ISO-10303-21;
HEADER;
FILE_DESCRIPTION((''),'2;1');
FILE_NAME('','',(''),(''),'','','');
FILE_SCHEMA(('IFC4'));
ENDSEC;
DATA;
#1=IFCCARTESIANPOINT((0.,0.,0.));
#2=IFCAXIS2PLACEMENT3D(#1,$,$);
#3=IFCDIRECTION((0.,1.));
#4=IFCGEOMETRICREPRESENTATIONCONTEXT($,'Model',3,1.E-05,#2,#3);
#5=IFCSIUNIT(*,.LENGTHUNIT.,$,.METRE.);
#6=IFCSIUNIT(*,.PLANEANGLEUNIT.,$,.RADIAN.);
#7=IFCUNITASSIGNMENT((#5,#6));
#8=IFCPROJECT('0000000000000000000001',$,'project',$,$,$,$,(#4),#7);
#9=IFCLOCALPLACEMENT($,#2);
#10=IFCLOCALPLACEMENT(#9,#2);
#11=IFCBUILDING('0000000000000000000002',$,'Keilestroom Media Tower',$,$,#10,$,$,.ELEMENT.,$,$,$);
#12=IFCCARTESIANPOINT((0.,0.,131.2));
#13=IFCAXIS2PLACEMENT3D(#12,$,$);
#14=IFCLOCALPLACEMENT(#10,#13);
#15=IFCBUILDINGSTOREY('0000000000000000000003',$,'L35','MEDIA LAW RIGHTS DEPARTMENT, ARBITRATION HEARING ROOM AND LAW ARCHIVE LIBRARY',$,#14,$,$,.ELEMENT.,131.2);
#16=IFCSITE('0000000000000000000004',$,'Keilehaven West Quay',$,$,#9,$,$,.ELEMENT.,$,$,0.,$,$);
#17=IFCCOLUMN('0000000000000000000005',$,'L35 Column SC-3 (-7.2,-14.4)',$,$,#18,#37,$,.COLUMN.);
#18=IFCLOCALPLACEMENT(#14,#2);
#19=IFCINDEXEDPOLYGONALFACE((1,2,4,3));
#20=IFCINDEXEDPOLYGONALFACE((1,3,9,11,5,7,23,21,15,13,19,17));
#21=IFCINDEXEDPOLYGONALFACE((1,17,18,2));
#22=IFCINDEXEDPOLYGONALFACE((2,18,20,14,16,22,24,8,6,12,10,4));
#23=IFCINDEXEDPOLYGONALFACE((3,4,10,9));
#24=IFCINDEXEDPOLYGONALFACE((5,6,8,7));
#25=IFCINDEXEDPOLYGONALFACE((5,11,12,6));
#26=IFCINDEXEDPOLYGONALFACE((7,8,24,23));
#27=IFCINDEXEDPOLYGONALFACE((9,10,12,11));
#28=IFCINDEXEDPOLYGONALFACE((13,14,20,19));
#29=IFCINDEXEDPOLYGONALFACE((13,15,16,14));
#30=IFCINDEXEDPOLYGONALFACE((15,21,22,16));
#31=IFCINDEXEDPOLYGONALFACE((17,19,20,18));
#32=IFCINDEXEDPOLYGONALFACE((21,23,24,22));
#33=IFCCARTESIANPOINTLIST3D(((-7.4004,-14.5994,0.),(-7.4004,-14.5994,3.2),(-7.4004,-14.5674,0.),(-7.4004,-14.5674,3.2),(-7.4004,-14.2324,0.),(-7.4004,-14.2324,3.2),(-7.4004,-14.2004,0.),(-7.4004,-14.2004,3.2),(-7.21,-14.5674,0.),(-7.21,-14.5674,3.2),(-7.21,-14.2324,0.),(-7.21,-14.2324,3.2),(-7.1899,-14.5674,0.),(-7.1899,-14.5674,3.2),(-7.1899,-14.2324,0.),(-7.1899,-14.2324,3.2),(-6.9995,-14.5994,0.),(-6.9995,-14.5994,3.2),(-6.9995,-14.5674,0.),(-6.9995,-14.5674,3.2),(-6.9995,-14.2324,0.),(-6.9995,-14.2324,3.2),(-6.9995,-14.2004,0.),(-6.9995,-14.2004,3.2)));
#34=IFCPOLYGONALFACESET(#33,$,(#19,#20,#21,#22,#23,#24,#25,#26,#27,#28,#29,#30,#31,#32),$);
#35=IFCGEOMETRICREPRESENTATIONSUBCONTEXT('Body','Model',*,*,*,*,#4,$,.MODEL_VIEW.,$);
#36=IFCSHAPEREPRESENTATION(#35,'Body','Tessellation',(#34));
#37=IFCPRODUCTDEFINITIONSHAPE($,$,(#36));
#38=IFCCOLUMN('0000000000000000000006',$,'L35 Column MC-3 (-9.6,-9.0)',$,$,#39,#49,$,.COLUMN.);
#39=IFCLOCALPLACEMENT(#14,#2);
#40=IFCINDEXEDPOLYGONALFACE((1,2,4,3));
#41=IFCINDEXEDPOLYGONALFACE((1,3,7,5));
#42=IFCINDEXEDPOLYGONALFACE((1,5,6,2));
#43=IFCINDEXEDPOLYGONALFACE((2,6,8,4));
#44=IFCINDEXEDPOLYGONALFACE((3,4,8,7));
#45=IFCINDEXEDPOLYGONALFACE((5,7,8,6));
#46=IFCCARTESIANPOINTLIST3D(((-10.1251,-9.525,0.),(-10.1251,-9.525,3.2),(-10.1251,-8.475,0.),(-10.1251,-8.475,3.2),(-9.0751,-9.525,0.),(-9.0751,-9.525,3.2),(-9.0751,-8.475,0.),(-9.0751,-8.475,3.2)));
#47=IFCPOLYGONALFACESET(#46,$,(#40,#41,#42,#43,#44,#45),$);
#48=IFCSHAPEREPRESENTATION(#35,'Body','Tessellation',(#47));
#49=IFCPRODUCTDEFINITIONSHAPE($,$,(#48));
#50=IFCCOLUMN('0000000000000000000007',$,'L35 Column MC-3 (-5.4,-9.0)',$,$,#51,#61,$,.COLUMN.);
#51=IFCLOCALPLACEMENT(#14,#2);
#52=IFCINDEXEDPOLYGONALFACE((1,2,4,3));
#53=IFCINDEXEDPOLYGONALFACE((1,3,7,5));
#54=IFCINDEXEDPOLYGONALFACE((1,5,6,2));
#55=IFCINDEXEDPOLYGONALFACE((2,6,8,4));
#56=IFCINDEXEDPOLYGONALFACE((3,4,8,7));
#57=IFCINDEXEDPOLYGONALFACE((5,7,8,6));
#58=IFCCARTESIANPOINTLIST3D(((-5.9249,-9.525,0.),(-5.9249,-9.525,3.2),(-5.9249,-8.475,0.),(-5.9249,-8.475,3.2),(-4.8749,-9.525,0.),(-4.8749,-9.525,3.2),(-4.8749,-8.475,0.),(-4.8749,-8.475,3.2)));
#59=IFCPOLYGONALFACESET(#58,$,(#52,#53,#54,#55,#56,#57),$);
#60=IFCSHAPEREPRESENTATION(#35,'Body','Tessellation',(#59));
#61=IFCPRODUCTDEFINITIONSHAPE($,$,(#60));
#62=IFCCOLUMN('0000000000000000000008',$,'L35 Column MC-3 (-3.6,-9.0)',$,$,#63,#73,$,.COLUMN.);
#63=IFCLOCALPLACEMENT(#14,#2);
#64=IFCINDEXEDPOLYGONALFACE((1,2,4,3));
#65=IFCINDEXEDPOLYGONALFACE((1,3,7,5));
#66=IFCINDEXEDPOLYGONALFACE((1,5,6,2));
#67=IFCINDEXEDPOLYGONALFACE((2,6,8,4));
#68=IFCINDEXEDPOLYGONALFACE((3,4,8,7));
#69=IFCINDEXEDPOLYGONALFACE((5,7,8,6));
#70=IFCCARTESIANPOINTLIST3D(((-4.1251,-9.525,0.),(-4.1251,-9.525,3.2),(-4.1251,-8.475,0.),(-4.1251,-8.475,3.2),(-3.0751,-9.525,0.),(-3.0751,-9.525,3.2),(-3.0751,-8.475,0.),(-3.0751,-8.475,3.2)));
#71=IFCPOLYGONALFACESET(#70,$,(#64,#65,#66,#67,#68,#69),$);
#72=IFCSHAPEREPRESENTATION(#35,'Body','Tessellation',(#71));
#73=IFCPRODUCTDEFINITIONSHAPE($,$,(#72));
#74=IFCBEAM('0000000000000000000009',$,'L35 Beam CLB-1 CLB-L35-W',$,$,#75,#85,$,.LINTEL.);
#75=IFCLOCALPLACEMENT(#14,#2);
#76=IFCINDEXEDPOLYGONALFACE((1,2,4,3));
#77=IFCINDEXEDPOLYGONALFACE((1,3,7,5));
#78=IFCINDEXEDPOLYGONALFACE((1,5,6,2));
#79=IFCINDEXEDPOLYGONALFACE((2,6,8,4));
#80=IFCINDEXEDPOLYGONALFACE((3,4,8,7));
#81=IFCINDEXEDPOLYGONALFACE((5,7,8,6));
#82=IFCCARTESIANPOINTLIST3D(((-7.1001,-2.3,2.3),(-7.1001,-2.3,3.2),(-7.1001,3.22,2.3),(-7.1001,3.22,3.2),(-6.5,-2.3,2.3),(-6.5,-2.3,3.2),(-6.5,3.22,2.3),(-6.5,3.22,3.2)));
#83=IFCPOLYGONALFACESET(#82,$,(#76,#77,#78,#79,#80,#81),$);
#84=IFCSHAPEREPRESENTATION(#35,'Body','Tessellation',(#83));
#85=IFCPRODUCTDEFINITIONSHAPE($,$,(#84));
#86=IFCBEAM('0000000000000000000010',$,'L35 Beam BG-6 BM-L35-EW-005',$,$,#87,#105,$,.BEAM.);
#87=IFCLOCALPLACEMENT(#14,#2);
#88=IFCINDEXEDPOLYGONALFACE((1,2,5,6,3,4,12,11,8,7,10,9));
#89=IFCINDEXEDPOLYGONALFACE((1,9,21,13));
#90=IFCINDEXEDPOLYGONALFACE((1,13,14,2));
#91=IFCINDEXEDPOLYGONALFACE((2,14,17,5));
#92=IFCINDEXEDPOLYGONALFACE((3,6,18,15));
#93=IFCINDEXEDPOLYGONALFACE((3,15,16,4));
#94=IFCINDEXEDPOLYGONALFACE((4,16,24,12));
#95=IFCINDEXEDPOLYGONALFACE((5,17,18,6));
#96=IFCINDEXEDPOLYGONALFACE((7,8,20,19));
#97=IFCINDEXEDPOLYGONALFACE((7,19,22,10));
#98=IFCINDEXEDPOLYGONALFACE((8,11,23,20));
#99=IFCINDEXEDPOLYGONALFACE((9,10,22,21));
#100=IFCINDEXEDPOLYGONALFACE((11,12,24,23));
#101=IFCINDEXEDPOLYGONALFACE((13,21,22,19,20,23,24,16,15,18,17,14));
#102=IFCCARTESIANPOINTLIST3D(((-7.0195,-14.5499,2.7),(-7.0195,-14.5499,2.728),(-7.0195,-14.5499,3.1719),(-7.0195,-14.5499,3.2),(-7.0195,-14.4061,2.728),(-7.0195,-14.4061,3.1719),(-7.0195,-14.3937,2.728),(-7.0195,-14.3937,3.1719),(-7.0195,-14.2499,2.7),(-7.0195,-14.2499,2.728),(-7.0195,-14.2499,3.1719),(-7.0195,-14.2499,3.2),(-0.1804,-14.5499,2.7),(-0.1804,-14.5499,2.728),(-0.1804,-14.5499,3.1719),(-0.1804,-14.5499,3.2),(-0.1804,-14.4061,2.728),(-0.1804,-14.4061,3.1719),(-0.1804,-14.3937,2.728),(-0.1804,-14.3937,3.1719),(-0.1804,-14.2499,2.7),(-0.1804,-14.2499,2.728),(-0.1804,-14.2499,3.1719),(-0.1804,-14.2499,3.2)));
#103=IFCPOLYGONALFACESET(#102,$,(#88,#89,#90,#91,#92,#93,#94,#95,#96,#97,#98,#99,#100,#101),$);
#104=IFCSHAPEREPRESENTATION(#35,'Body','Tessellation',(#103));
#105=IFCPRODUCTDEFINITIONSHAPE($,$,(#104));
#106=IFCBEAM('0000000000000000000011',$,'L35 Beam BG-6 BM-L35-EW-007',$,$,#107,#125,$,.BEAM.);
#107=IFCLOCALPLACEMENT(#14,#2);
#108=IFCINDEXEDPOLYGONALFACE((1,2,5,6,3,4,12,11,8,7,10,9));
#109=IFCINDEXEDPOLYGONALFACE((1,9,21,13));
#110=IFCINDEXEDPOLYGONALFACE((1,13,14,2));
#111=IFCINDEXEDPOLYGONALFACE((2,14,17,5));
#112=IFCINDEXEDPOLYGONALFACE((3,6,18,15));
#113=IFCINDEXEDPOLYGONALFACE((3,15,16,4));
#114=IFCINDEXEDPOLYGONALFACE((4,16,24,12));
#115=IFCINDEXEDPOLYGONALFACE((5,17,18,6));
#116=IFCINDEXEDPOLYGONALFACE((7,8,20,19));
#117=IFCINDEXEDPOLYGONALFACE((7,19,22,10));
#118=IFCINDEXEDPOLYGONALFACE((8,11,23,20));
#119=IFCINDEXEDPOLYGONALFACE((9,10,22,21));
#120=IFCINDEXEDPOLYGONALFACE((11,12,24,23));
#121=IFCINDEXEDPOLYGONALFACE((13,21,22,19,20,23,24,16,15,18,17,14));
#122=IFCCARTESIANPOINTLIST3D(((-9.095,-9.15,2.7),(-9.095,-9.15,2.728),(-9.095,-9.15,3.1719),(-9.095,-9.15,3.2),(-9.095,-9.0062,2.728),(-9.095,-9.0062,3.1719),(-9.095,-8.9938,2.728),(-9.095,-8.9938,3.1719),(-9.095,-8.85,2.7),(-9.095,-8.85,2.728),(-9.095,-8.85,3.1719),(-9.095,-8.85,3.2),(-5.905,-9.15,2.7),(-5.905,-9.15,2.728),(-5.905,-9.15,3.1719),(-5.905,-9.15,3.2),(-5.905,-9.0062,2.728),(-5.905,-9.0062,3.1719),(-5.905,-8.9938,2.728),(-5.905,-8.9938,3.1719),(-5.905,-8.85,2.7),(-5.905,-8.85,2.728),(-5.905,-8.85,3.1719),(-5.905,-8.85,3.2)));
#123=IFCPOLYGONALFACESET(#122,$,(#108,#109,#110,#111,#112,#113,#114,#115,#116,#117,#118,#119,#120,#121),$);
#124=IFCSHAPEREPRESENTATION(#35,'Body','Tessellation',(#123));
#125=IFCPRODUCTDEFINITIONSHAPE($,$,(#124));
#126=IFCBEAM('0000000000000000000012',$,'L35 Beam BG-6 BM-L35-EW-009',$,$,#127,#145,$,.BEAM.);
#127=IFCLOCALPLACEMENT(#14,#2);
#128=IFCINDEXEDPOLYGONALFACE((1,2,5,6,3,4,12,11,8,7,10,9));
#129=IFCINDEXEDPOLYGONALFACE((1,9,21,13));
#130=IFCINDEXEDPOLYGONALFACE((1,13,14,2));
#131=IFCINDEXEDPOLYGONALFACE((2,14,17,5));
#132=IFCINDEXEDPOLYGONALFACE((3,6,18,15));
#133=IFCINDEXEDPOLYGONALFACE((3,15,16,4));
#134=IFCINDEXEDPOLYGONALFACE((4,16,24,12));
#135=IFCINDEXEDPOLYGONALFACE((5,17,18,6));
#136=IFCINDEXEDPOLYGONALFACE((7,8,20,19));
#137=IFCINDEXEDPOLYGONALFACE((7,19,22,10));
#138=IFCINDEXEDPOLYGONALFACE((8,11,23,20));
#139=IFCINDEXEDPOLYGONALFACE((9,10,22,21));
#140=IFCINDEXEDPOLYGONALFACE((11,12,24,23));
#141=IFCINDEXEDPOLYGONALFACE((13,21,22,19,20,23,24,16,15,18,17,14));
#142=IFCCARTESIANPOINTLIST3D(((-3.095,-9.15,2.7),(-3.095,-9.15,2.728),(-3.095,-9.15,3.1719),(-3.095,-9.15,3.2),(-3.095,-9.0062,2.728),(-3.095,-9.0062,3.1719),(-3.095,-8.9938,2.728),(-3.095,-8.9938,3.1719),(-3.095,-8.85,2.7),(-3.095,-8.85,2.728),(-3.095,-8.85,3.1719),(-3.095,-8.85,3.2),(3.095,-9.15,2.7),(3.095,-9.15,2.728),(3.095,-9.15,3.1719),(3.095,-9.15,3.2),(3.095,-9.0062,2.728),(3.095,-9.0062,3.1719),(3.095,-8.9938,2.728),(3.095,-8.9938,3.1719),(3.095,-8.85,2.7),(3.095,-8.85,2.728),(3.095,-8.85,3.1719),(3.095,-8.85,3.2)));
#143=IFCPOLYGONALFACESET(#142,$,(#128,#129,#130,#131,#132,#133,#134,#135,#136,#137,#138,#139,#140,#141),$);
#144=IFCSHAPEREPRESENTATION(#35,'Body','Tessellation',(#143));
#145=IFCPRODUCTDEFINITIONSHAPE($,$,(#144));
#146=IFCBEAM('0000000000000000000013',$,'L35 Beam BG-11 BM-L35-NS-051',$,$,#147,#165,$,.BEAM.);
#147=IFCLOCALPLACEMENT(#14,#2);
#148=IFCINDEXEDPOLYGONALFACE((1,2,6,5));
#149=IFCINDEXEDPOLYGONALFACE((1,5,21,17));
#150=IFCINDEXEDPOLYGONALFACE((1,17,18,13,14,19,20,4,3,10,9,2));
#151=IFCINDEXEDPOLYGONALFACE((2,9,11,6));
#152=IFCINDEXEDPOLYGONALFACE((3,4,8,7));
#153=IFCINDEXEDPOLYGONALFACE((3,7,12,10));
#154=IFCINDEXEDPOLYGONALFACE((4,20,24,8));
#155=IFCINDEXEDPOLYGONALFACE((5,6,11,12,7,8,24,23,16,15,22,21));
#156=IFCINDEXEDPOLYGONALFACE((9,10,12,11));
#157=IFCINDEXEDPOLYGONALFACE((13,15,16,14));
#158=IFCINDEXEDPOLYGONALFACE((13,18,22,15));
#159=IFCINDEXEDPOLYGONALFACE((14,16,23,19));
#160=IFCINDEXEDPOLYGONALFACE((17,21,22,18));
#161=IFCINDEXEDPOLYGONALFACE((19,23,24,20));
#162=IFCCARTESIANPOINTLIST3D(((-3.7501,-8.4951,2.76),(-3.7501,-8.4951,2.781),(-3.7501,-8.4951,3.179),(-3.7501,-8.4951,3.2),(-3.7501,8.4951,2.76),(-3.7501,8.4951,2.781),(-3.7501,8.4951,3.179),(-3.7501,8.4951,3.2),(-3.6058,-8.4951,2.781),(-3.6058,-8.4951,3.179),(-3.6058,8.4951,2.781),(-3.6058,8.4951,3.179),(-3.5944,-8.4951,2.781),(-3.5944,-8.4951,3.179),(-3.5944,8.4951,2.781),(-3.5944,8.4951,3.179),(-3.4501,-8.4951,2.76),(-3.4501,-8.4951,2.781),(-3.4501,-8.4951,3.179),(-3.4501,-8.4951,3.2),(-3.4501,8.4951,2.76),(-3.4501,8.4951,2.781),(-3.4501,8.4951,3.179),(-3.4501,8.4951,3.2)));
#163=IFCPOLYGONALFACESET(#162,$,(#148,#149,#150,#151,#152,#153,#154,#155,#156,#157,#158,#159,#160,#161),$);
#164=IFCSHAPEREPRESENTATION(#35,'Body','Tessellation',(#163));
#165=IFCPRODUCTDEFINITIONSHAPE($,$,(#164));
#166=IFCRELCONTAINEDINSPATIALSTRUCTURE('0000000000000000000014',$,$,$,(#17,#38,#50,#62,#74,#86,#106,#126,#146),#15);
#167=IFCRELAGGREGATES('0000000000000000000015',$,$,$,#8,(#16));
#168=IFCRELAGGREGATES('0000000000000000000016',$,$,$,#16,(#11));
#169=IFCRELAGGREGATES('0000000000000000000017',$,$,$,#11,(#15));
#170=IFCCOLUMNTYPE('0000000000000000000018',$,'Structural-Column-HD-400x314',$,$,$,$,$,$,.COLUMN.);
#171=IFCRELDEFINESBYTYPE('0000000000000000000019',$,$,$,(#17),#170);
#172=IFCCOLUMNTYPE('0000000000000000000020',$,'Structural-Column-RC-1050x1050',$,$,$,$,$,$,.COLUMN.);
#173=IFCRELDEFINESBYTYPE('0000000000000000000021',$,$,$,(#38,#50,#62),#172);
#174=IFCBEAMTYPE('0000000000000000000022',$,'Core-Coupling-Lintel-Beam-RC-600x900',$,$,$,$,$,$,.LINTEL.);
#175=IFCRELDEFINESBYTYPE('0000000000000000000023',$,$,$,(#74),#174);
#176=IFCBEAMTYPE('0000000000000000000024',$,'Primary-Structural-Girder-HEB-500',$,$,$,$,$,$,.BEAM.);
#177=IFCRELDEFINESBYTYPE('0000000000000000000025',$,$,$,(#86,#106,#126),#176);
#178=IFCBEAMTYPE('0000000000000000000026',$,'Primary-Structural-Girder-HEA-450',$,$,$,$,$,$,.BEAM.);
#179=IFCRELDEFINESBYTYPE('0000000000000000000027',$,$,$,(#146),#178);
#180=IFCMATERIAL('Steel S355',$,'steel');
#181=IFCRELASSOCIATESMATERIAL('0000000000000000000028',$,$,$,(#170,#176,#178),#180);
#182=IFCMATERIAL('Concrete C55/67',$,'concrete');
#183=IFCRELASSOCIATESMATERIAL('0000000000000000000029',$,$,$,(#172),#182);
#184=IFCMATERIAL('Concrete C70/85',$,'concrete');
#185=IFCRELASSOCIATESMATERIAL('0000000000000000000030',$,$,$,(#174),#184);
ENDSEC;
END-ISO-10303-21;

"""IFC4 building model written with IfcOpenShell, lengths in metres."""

from ifc_helpers import new_model, si_unit, direction, frame, origin, origin_2d, place, context, subcontext, project, spatial, rectangle, i_section, extrude, source, transform, mapped, material, material_profile, profile_set, type_object, element, save


model = new_model("IFC4")

# Units and contexts
model_context = context("Model", 3, precision=1e-05, world=origin(), true_north=direction((0.0, 1.0)))
body_context = subcontext(model_context, "Body", "Model", "MODEL_VIEW")
ifc_project = project(units=[si_unit("LENGTHUNIT", "METRE"), si_unit("PLANEANGLEUNIT", "RADIAN")], contexts=[model_context])

# Site, building, storey
site_placement = place(None, origin())
site = spatial("IfcSite", under=ifc_project, at=site_placement, Name="Keilehaven West Quay", CompositionType="ELEMENT", RefElevation=0.0)
building_placement = place(site_placement, origin())
building = spatial("IfcBuilding", under=site, at=building_placement, Name="Keilestroom Media Tower", CompositionType="ELEMENT")
storey_placement = place(building_placement, frame((0.0, 0.0, 131.2)))
storey = spatial("IfcBuildingStorey", under=building, at=storey_placement, Name="L35", Description="MEDIA LAW RIGHTS DEPARTMENT, ARBITRATION HEARING ROOM AND LAW ARCHIVE LIBRARY", CompositionType="ELEMENT", Elevation=131.2)

# Columns
ifc_material_1 = material(Name="Steel S355", Category="steel")
ifc_material_profile_1 = material_profile(ifc_material_1, i_section(OverallWidth=0.4009, OverallDepth=0.3989, WebThickness=0.02, FlangeThickness=0.032, at=origin_2d()), Name="HD 400x314")
ifc_profile_set_1 = profile_set([ifc_material_profile_1], Name="Steel S355")
column_type_1 = type_object("IfcColumnType", Name="Structural-Column-HD-400x314", PredefinedType="COLUMN", material=ifc_profile_set_1)
shared_shape_1 = source(origin(), body_context, "Body", "SweptSolid", [
    extrude(i_section(OverallWidth=0.4009, OverallDepth=0.3989, WebThickness=0.02, FlangeThickness=0.032, at=origin_2d()), origin(), (0.0, 0.0, 1.0), 3.2),
])
column_placement = place(storey_placement, frame((-7.2, -14.3999, 0.0), z_axis=(0.0, 0.0, 1.0), x_axis=(1.0, 0.0, 0.0)))
element("IfcColumn", 1, at=column_placement, inside=storey, type_object=column_type_1, Name="L35 Column SC-3 (-7.2,-14.4)", PredefinedType="COLUMN", context=body_context, shape_type="MappedRepresentation", body=[
    mapped(shared_shape_1, transform((0.0, 0.0, 0.0), x_axis=(1.0, 0.0, 0.0), y_axis=(0.0, 1.0, 0.0), z_axis=(0.0, 0.0, 1.0), scale=1.0)),
])
ifc_material_2 = material(Name="Concrete C55/67", Category="concrete")
ifc_material_profile_2 = material_profile(ifc_material_2, rectangle(XDim=1.05, YDim=1.05, at=origin_2d()), Name="RC 1050x1050")
ifc_profile_set_2 = profile_set([ifc_material_profile_2], Name="Concrete C55/67")
column_type_2 = type_object("IfcColumnType", Name="Structural-Column-RC-1050x1050", PredefinedType="COLUMN", material=ifc_profile_set_2)
shared_shape_2 = source(origin(), body_context, "Body", "SweptSolid", [
    extrude(rectangle(XDim=1.05, YDim=1.05, at=origin_2d()), origin(), (0.0, 0.0, 1.0), 3.2),
])
for number, where, z_axis, x_axis, name in (
    (2, (-9.6001, -9.0, 0.0), (0.0, 0.0, 1.0), (1.0, 0.0, 0.0), "L35 Column MC-3 (-9.6,-9.0)"),
    (3, (-5.3999, -9.0, 0.0), (0.0, 0.0, 1.0), (1.0, 0.0, 0.0), "L35 Column MC-3 (-5.4,-9.0)"),
    (4, (-3.6001, -9.0, 0.0), (0.0, 0.0, 1.0), (1.0, 0.0, 0.0), "L35 Column MC-3 (-3.6,-9.0)"),
):
    element("IfcColumn", number, at=place(storey_placement, frame(where, z_axis=z_axis, x_axis=x_axis)), inside=storey, type_object=column_type_2, Name=name, PredefinedType="COLUMN", context=body_context, shape_type="MappedRepresentation", body=[
        mapped(shared_shape_2, transform((0.0, 0.0, 0.0), x_axis=(1.0, 0.0, 0.0), y_axis=(0.0, 1.0, 0.0), z_axis=(0.0, 0.0, 1.0), scale=1.0)),
    ])

# Beams
ifc_material_3 = material(Name="Concrete C70/85", Category="concrete")
ifc_material_profile_3 = material_profile(ifc_material_3, rectangle(XDim=0.6001, YDim=0.8999, at=origin_2d()), Name="RC 600x900")
ifc_profile_set_3 = profile_set([ifc_material_profile_3], Name="Concrete C70/85")
beam_type_1 = type_object("IfcBeamType", Name="Core-Coupling-Lintel-Beam-RC-600x900", PredefinedType="LINTEL", material=ifc_profile_set_3)
shared_shape_3 = source(origin(), body_context, "Body", "SweptSolid", [
    extrude(rectangle(XDim=0.6001, YDim=0.8999, at=origin_2d()), origin(), (0.0, 0.0, 1.0), 5.52),
])
beam_1_placement = place(storey_placement, frame((-6.8, -2.3, 2.75), z_axis=(0.0, 1.0, 0.0), x_axis=(-1.0, 0.0, 0.0)))
element("IfcBeam", 5, at=beam_1_placement, inside=storey, type_object=beam_type_1, Name="L35 Beam CLB-1 CLB-L35-W", PredefinedType="LINTEL", context=body_context, shape_type="MappedRepresentation", body=[
    mapped(shared_shape_3, transform((0.0, 0.0, 0.0), x_axis=(1.0, 0.0, 0.0), y_axis=(0.0, 1.0, 0.0), z_axis=(0.0, 0.0, 1.0), scale=1.0)),
])
ifc_material_profile_4 = material_profile(ifc_material_1, i_section(OverallWidth=0.3, OverallDepth=0.5, WebThickness=0.0125, FlangeThickness=0.0281, at=origin_2d()), Name="HEB 500")
ifc_profile_set_4 = profile_set([ifc_material_profile_4], Name="Steel S355")
beam_type_2 = type_object("IfcBeamType", Name="Primary-Structural-Girder-HEB-500", PredefinedType="BEAM", material=ifc_profile_set_4)
shared_shape_4 = source(origin(), body_context, "Body", "SweptSolid", [
    extrude(i_section(OverallWidth=0.3, OverallDepth=0.5, WebThickness=0.0125, FlangeThickness=0.0281, at=origin_2d()), origin(), (0.0, 0.0, 1.0), 6.8391),
])
beam_2_placement = place(storey_placement, frame((-7.0195, -14.3999, 2.95), z_axis=(1.0, 0.0, 0.0), x_axis=(0.0, 1.0, 0.0)))
element("IfcBeam", 6, at=beam_2_placement, inside=storey, type_object=beam_type_2, Name="L35 Beam BG-6 BM-L35-EW-005", PredefinedType="BEAM", context=body_context, shape_type="MappedRepresentation", body=[
    mapped(shared_shape_4, transform((0.0, 0.0, 0.0), x_axis=(1.0, 0.0, 0.0), y_axis=(0.0, 1.0, 0.0), z_axis=(0.0, 0.0, 1.0), scale=1.0)),
])
shared_shape_5 = source(origin(), body_context, "Body", "SweptSolid", [
    extrude(i_section(OverallWidth=0.3, OverallDepth=0.5, WebThickness=0.0125, FlangeThickness=0.0281, at=origin_2d()), origin(), (0.0, 0.0, 1.0), 3.1899),
])
beam_3_placement = place(storey_placement, frame((-9.095, -9.0, 2.95), z_axis=(1.0, 0.0, 0.0), x_axis=(0.0, 1.0, 0.0)))
element("IfcBeam", 7, at=beam_3_placement, inside=storey, type_object=beam_type_2, Name="L35 Beam BG-6 BM-L35-EW-007", PredefinedType="BEAM", context=body_context, shape_type="MappedRepresentation", body=[
    mapped(shared_shape_5, transform((0.0, 0.0, 0.0), x_axis=(1.0, 0.0, 0.0), y_axis=(0.0, 1.0, 0.0), z_axis=(0.0, 0.0, 1.0), scale=1.0)),
])
shared_shape_6 = source(origin(), body_context, "Body", "SweptSolid", [
    extrude(i_section(OverallWidth=0.3, OverallDepth=0.5, WebThickness=0.0125, FlangeThickness=0.0281, at=origin_2d()), origin(), (0.0, 0.0, 1.0), 6.1899),
])
beam_4_placement = place(storey_placement, frame((-3.095, -9.0, 2.95), z_axis=(1.0, 0.0, 0.0), x_axis=(0.0, 1.0, 0.0)))
element("IfcBeam", 8, at=beam_4_placement, inside=storey, type_object=beam_type_2, Name="L35 Beam BG-6 BM-L35-EW-009", PredefinedType="BEAM", context=body_context, shape_type="MappedRepresentation", body=[
    mapped(shared_shape_6, transform((0.0, 0.0, 0.0), x_axis=(1.0, 0.0, 0.0), y_axis=(0.0, 1.0, 0.0), z_axis=(0.0, 0.0, 1.0), scale=1.0)),
])
ifc_material_profile_5 = material_profile(ifc_material_1, i_section(OverallWidth=0.3, OverallDepth=0.4399, WebThickness=0.0115, FlangeThickness=0.021, at=origin_2d()), Name="HEA 450")
ifc_profile_set_5 = profile_set([ifc_material_profile_5], Name="Steel S355")
beam_type_3 = type_object("IfcBeamType", Name="Primary-Structural-Girder-HEA-450", PredefinedType="BEAM", material=ifc_profile_set_5)
shared_shape_7 = source(origin(), body_context, "Body", "SweptSolid", [
    extrude(i_section(OverallWidth=0.3, OverallDepth=0.4399, WebThickness=0.0115, FlangeThickness=0.021, at=origin_2d()), origin(), (0.0, 0.0, 1.0), 16.9902),
])
beam_5_placement = place(storey_placement, frame((-3.6001, -8.4951, 2.98), z_axis=(0.0, 1.0, 0.0), x_axis=(-1.0, 0.0, 0.0)))
element("IfcBeam", 9, at=beam_5_placement, inside=storey, type_object=beam_type_3, Name="L35 Beam BG-11 BM-L35-NS-051", PredefinedType="BEAM", context=body_context, shape_type="MappedRepresentation", body=[
    mapped(shared_shape_7, transform((0.0, 0.0, 0.0), x_axis=(1.0, 0.0, 0.0), y_axis=(0.0, 1.0, 0.0), z_axis=(0.0, 0.0, 1.0), scale=1.0)),
])

save(model, "model.ifc")
